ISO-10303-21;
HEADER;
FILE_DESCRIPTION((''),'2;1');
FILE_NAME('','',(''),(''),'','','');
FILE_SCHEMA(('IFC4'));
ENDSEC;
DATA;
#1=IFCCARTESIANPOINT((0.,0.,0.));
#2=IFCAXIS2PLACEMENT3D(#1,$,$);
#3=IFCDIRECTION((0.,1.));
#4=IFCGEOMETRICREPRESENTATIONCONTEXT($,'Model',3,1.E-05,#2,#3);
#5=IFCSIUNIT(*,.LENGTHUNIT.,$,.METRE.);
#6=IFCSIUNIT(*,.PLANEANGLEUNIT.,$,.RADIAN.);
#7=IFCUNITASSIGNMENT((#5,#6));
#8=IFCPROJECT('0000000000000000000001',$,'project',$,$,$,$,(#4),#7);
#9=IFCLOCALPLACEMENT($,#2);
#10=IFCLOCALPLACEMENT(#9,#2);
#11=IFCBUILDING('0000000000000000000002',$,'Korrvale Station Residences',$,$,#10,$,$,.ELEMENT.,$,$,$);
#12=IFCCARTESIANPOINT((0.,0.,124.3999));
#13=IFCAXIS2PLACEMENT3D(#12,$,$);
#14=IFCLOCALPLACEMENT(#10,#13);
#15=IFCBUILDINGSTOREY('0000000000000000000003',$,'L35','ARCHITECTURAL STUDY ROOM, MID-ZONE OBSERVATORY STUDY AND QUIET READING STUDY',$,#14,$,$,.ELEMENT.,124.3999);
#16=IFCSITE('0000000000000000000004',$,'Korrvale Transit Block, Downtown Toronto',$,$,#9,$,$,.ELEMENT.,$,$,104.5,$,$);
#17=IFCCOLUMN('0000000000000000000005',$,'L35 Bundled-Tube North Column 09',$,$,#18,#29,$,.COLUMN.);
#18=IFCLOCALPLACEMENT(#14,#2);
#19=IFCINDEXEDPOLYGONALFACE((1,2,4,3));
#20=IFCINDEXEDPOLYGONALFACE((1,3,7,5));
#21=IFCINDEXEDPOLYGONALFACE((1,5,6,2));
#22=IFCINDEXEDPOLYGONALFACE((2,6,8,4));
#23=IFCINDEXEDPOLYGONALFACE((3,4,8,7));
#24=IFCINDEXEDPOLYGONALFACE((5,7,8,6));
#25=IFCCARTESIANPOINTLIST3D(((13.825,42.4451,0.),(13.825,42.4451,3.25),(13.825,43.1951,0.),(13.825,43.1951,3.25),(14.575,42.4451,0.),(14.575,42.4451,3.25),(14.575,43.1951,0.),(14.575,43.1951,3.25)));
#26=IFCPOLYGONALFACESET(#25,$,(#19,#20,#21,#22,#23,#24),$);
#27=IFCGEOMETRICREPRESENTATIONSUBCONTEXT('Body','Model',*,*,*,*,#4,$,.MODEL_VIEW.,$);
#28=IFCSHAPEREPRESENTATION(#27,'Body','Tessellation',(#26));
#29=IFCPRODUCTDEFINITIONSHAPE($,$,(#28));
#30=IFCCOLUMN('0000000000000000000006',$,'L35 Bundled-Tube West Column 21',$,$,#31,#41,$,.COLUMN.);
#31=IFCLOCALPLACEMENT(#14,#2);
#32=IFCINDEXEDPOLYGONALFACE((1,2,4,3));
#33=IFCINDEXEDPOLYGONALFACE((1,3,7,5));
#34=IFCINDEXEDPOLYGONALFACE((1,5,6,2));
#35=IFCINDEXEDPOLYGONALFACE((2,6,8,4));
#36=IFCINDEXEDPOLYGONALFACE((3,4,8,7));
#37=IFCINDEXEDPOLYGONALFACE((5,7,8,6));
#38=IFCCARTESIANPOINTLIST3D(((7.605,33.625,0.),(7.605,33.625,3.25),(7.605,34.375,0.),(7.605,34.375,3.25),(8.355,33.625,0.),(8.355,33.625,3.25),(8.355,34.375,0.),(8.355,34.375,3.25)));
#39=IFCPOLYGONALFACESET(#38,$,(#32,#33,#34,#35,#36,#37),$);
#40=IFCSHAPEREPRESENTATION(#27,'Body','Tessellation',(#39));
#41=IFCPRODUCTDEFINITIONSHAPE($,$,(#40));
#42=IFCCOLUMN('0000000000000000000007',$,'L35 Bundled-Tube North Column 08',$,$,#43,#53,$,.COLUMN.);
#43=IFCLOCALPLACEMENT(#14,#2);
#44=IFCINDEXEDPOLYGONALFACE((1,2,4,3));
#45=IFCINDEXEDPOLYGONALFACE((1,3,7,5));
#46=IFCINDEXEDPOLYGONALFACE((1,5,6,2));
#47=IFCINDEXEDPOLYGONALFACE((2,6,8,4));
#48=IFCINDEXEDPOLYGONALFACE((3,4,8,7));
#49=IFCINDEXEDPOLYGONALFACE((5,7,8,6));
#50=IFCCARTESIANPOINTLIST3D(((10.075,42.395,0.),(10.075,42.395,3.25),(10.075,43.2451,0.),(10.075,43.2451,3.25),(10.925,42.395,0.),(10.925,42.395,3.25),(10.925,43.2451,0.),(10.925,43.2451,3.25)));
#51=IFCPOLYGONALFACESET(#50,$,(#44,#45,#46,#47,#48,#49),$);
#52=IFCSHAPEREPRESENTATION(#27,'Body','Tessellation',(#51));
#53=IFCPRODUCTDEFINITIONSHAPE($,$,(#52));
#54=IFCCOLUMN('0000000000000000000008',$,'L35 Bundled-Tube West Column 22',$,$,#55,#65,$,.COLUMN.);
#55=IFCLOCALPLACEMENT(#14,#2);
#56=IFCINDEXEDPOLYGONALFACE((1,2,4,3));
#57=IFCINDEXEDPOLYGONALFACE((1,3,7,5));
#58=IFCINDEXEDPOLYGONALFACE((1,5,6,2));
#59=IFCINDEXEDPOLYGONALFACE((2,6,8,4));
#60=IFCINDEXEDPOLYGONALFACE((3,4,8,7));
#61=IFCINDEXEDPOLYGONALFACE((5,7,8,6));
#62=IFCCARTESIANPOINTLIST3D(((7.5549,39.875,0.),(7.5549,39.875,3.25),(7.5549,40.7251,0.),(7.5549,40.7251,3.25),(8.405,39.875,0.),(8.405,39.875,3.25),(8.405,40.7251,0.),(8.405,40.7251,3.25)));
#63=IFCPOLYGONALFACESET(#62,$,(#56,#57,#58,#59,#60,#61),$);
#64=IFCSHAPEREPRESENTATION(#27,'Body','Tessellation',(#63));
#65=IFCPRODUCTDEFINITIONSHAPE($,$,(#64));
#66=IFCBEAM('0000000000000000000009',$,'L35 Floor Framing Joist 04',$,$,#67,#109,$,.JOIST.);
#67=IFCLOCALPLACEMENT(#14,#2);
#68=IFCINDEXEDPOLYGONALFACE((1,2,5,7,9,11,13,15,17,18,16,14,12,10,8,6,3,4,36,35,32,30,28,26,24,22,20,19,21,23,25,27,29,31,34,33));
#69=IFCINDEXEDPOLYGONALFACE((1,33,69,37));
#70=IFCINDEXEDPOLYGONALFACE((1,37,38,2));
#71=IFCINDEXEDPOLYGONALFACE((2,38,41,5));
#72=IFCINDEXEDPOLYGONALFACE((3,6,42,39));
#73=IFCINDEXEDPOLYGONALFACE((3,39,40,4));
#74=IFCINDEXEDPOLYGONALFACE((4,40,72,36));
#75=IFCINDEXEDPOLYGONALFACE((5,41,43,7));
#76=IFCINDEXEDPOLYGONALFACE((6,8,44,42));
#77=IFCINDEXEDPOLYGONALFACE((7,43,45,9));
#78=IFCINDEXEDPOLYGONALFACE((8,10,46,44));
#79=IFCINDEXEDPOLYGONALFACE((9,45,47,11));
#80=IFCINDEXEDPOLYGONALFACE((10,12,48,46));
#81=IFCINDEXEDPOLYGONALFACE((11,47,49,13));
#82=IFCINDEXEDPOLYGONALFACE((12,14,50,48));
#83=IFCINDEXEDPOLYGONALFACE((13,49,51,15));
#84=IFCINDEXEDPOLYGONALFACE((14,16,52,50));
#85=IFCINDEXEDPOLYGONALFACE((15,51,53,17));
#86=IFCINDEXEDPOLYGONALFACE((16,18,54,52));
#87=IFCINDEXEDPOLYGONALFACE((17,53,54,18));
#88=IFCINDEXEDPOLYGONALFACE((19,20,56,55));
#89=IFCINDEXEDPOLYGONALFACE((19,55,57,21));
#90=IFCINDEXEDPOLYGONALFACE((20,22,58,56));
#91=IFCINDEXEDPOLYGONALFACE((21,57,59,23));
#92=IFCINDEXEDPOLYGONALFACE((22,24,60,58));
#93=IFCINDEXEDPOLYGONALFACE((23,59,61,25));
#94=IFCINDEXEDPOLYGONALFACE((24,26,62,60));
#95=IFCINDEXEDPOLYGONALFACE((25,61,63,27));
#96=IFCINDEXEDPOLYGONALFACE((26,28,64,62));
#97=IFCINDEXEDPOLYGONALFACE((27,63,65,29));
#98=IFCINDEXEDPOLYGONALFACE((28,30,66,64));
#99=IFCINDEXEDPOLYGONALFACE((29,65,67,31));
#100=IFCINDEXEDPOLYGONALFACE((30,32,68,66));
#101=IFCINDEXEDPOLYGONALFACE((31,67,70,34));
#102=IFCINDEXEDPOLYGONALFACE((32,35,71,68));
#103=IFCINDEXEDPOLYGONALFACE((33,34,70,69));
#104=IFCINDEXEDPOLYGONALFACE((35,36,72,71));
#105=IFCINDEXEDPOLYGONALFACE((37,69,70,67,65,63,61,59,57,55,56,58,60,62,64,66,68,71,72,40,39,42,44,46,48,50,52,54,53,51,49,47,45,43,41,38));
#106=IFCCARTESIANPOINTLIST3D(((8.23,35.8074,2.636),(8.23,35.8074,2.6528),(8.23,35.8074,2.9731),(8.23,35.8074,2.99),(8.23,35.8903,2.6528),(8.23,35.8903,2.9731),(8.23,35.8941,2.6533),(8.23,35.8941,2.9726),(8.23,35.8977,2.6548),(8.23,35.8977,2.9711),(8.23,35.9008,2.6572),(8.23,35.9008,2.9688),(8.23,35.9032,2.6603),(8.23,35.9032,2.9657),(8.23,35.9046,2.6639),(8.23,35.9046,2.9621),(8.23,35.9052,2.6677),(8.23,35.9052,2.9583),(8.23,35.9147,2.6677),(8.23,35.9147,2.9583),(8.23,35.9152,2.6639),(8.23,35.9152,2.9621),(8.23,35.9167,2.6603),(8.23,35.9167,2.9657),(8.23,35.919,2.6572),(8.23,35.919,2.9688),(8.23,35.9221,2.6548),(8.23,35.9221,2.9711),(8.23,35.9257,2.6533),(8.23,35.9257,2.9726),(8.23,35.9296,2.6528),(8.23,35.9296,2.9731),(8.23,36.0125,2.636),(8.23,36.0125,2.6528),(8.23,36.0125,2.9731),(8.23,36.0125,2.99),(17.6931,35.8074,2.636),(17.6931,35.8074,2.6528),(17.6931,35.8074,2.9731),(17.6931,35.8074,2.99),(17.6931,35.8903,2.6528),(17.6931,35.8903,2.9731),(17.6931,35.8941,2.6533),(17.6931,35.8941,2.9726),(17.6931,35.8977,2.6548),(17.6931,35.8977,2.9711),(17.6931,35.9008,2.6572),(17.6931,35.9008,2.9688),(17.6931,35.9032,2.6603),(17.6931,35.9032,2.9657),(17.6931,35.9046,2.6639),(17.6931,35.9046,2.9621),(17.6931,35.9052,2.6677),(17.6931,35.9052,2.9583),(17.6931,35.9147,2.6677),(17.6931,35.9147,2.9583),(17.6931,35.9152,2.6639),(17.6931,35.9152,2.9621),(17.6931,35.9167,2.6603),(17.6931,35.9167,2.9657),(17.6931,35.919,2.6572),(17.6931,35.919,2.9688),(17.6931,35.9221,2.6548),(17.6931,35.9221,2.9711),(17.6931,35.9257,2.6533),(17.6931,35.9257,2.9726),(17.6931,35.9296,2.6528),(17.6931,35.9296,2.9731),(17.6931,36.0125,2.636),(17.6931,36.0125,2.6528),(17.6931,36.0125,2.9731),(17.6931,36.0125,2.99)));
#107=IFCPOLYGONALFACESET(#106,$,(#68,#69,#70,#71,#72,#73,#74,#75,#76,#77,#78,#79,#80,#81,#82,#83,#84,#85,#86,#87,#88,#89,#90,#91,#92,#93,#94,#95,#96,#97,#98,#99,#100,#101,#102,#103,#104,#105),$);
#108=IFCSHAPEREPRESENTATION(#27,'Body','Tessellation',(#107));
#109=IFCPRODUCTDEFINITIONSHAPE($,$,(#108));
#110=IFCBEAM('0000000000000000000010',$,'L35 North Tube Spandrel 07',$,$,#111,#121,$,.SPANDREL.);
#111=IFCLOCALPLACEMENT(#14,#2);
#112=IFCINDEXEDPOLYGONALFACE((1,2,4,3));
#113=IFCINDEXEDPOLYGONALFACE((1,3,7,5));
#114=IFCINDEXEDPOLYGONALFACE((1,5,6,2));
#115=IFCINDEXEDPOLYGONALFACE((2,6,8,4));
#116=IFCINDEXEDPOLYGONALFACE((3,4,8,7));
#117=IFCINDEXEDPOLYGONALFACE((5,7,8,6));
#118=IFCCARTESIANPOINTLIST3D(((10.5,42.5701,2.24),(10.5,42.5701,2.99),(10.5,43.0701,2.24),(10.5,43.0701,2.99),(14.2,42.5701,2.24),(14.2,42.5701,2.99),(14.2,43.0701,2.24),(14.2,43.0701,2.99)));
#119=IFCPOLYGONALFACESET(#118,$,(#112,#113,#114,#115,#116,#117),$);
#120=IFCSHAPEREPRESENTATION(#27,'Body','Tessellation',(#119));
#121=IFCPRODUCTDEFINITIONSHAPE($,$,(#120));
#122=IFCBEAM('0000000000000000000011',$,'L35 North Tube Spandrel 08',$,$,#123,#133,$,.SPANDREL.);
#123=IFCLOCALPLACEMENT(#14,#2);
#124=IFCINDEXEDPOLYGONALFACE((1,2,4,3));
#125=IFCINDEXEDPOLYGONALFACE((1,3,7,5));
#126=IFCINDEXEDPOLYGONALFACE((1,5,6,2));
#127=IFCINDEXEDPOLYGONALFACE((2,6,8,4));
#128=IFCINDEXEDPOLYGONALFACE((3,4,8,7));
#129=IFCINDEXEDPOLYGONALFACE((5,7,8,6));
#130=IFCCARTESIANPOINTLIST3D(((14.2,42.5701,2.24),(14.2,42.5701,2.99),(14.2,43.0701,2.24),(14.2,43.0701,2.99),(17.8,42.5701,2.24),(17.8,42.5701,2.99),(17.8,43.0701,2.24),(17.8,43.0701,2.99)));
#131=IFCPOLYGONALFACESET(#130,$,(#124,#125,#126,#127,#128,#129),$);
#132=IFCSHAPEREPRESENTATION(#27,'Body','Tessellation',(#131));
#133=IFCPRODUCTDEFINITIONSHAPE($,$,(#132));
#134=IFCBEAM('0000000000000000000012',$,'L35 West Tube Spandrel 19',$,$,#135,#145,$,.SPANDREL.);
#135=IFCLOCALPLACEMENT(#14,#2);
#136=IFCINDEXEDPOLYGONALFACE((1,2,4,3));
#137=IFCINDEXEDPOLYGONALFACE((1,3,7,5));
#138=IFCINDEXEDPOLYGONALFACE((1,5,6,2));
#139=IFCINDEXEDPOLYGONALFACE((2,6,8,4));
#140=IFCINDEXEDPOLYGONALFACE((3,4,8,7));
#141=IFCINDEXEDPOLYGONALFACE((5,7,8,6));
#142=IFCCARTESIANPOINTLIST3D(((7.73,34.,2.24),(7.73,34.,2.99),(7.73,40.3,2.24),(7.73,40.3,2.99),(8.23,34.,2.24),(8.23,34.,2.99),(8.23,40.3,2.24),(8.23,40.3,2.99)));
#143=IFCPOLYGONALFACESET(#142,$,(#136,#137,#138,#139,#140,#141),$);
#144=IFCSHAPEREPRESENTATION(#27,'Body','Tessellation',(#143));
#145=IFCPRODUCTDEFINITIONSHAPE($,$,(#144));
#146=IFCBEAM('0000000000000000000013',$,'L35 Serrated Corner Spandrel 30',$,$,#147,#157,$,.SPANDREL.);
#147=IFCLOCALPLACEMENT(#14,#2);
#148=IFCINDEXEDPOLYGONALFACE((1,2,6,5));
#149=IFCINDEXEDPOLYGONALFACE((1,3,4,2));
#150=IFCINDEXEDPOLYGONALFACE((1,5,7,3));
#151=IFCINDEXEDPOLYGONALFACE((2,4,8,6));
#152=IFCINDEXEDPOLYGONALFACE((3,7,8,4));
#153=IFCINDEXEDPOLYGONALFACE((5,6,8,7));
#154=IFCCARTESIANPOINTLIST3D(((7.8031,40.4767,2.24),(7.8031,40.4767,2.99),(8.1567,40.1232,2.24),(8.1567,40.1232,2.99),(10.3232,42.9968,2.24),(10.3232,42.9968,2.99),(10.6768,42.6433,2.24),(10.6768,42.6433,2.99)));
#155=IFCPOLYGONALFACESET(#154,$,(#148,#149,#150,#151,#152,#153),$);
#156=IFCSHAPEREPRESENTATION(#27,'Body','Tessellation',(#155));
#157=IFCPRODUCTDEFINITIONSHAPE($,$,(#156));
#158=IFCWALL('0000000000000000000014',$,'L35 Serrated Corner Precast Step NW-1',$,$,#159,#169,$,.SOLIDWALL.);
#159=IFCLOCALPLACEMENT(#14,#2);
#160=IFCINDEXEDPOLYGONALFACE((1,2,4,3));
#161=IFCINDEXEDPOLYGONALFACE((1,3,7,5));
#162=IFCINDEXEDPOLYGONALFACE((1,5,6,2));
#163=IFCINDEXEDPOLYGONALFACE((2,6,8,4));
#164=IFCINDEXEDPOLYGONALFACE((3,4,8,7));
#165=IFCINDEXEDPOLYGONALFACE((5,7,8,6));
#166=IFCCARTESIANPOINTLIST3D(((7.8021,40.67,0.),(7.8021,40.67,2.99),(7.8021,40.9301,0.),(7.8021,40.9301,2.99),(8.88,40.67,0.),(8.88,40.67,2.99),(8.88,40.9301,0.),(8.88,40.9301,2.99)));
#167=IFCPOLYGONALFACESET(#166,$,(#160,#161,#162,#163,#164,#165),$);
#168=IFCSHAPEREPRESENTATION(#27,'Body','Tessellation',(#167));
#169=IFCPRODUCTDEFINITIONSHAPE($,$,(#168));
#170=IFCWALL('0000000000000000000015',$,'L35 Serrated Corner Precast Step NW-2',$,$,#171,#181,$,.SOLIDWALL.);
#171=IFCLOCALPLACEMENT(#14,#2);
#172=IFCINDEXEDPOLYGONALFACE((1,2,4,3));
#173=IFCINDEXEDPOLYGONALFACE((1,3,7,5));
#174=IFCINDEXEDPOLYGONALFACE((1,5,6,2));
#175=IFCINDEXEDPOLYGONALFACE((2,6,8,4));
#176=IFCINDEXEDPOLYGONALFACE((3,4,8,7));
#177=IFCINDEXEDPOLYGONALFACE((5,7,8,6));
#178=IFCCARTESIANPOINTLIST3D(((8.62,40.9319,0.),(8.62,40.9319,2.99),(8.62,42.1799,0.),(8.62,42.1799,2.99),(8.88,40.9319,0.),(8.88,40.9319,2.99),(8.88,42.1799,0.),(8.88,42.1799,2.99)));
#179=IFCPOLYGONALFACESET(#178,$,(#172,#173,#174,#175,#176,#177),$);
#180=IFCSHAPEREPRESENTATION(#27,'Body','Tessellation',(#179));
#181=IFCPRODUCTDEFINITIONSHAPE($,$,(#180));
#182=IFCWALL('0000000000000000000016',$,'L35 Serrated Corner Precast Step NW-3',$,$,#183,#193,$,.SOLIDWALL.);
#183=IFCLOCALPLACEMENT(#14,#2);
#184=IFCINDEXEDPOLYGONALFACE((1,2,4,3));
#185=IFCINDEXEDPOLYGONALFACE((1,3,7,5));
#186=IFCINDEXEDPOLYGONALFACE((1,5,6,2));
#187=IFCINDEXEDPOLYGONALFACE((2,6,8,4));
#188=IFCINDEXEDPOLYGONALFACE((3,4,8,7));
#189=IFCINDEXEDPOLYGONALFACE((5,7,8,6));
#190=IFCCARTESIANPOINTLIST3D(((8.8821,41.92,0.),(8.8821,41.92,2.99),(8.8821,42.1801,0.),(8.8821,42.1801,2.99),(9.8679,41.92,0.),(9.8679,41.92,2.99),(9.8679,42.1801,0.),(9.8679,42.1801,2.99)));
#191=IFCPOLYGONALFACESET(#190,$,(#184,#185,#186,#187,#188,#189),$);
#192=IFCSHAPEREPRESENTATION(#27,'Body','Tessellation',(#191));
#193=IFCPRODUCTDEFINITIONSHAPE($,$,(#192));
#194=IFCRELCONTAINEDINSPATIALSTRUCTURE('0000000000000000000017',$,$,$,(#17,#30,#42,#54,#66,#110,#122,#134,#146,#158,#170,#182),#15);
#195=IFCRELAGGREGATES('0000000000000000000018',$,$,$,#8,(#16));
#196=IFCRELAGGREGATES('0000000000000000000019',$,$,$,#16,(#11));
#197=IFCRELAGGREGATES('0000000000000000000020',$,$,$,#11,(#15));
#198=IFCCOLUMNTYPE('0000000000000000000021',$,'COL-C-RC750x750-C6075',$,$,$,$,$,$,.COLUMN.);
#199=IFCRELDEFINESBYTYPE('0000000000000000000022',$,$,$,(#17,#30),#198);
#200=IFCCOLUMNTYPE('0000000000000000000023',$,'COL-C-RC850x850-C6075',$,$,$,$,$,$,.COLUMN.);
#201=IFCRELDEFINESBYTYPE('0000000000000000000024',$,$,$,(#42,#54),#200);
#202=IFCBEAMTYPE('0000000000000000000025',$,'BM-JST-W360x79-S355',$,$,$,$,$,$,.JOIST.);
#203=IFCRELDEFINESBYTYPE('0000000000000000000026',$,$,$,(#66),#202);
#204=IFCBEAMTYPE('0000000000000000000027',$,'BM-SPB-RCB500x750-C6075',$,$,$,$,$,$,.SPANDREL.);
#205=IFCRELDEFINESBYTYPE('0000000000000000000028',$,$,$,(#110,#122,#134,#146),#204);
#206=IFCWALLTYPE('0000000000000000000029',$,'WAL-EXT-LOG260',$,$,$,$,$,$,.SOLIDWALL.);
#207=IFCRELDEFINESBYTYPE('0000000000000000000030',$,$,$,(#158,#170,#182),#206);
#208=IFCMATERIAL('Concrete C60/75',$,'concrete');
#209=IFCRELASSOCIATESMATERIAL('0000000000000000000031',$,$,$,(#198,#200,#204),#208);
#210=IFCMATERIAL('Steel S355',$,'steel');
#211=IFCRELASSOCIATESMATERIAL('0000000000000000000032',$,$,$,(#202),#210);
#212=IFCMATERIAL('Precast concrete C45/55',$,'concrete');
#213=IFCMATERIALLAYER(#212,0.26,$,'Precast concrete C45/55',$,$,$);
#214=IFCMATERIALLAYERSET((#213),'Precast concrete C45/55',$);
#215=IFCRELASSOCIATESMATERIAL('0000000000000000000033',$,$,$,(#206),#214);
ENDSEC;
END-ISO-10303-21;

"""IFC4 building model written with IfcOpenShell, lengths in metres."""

from ifc_helpers import new_model, si_unit, direction, frame, frame_2d, origin, origin_2d, place, context, subcontext, project, spatial, rectangle, i_section, extrude, material, layer, layer_set, material_profile, profile_set, type_object, element, save


model = new_model("IFC4")

# Units and contexts
model_context = context("Model", 3, precision=1e-05, world=origin(), true_north=direction((0.0, 1.0)))
body_context = subcontext(model_context, "Body", "Model", "MODEL_VIEW")
ifc_project = project(units=[si_unit("LENGTHUNIT", "METRE"), si_unit("PLANEANGLEUNIT", "RADIAN")], contexts=[model_context])

# Site, building, storey
site_placement = place(None, origin())
site = spatial("IfcSite", under=ifc_project, at=site_placement, Name="Korrvale Transit Block, Downtown Toronto", CompositionType="ELEMENT", RefElevation=104.5)
building_placement = place(site_placement, origin())
building = spatial("IfcBuilding", under=site, at=building_placement, Name="Korrvale Station Residences", CompositionType="ELEMENT")
storey_placement = place(building_placement, frame((0.0, 0.0, 124.3999)))
storey = spatial("IfcBuildingStorey", under=building, at=storey_placement, Name="L35", Description="ARCHITECTURAL STUDY ROOM, MID-ZONE OBSERVATORY STUDY AND QUIET READING STUDY", CompositionType="ELEMENT", Elevation=124.3999)

# Columns
ifc_material_1 = material(Name="Concrete C60/75", Category="concrete")
ifc_material_profile_1 = material_profile(ifc_material_1, rectangle(XDim=0.75, YDim=0.75, at=origin_2d()), Name="RC750x750")
ifc_profile_set_1 = profile_set([ifc_material_profile_1], Name="Concrete C60/75")
column_type_1 = type_object("IfcColumnType", Name="COL-C-RC750x750-C6075", PredefinedType="COLUMN", material=ifc_profile_set_1)
for number, where, z_axis, x_axis, name in (
    (1, (14.2, 42.8201, 0.0), (0.0, 0.0, 1.0), (1.0, 0.0, 0.0), "L35 Bundled-Tube North Column 09"),
    (2, (7.98, 34.0, 0.0), (0.0, 0.0, 1.0), (1.0, 0.0, 0.0), "L35 Bundled-Tube West Column 21"),
):
    element("IfcColumn", number, at=place(storey_placement, frame(where, z_axis=z_axis, x_axis=x_axis)), inside=storey, type_object=column_type_1, Name=name, PredefinedType="COLUMN", context=body_context, shape_type="SweptSolid", body=[
        extrude(rectangle(XDim=0.75, YDim=0.75, at=origin_2d()), origin(), (0.0, 0.0, 1.0), 3.25),
    ])
ifc_material_profile_2 = material_profile(ifc_material_1, rectangle(XDim=0.8501, YDim=0.8501, at=origin_2d()), Name="RC850x850")
ifc_profile_set_2 = profile_set([ifc_material_profile_2], Name="Concrete C60/75")
column_type_2 = type_object("IfcColumnType", Name="COL-C-RC850x850-C6075", PredefinedType="COLUMN", material=ifc_profile_set_2)
for number, where, z_axis, x_axis, name in (
    (3, (10.5, 42.8201, 0.0), (0.0, 0.0, 1.0), (1.0, 0.0, 0.0), "L35 Bundled-Tube North Column 08"),
    (4, (7.98, 40.3, 0.0), (0.0, 0.0, 1.0), (1.0, 0.0, 0.0), "L35 Bundled-Tube West Column 22"),
):
    element("IfcColumn", number, at=place(storey_placement, frame(where, z_axis=z_axis, x_axis=x_axis)), inside=storey, type_object=column_type_2, Name=name, PredefinedType="COLUMN", context=body_context, shape_type="SweptSolid", body=[
        extrude(rectangle(XDim=0.8501, YDim=0.8501, at=origin_2d()), origin(), (0.0, 0.0, 1.0), 3.25),
    ])

# Beams
ifc_material_2 = material(Name="Steel S355", Category="steel")
ifc_material_profile_3 = material_profile(ifc_material_2, i_section(OverallWidth=0.2051, OverallDepth=0.354, WebThickness=0.0095, FlangeThickness=0.0168, FilletRadius=0.0149, at=origin_2d()), Name="W360x79")
ifc_profile_set_3 = profile_set([ifc_material_profile_3], Name="Steel S355")
beam_type_1 = type_object("IfcBeamType", Name="BM-JST-W360x79-S355", PredefinedType="JOIST", material=ifc_profile_set_3)
beam_1_placement = place(storey_placement, frame((8.23, 35.9099, 2.813), z_axis=(1.0, 0.0, 0.0), x_axis=(0.0, 1.0, 0.0)))
element("IfcBeam", 5, at=beam_1_placement, inside=storey, type_object=beam_type_1, Name="L35 Floor Framing Joist 04", PredefinedType="JOIST", context=body_context, shape_type="SweptSolid", body=[
    extrude(i_section(OverallWidth=0.2051, OverallDepth=0.354, WebThickness=0.0095, FlangeThickness=0.0168, FilletRadius=0.0149, at=origin_2d()), origin(), (0.0, 0.0, 1.0), 9.4631),
])
ifc_material_profile_4 = material_profile(ifc_material_1, rectangle(XDim=0.5, YDim=0.75, at=origin_2d()), Name="RCB500x750")
ifc_profile_set_4 = profile_set([ifc_material_profile_4], Name="Concrete C60/75")
beam_type_2 = type_object("IfcBeamType", Name="BM-SPB-RCB500x750-C6075", PredefinedType="SPANDREL", material=ifc_profile_set_4)
beam_2_placement = place(storey_placement, frame((10.5, 42.8201, 2.615), z_axis=(1.0, 0.0, 0.0), x_axis=(0.0, 1.0, 0.0)))
element("IfcBeam", 6, at=beam_2_placement, inside=storey, type_object=beam_type_2, Name="L35 North Tube Spandrel 07", PredefinedType="SPANDREL", context=body_context, shape_type="SweptSolid", body=[
    extrude(rectangle(XDim=0.5, YDim=0.75, at=origin_2d()), origin(), (0.0, 0.0, 1.0), 3.7),
])
beam_3_placement = place(storey_placement, frame((14.2, 42.8201, 2.615), z_axis=(1.0, 0.0, 0.0), x_axis=(0.0, 1.0, 0.0)))
element("IfcBeam", 7, at=beam_3_placement, inside=storey, type_object=beam_type_2, Name="L35 North Tube Spandrel 08", PredefinedType="SPANDREL", context=body_context, shape_type="SweptSolid", body=[
    extrude(rectangle(XDim=0.5, YDim=0.75, at=origin_2d()), origin(), (0.0, 0.0, 1.0), 3.6001),
])
beam_4_placement = place(storey_placement, frame((7.98, 34.0, 2.615), z_axis=(0.0, 1.0, 0.0), x_axis=(-1.0, 0.0, 0.0)))
element("IfcBeam", 8, at=beam_4_placement, inside=storey, type_object=beam_type_2, Name="L35 West Tube Spandrel 19", PredefinedType="SPANDREL", context=body_context, shape_type="SweptSolid", body=[
    extrude(rectangle(XDim=0.5, YDim=0.75, at=origin_2d()), origin(), (0.0, 0.0, 1.0), 6.3),
])
beam_5_placement = place(storey_placement, frame((10.5, 42.8201, 2.615), z_axis=(-0.707107, -0.707107, 0.0), x_axis=(0.707107, -0.707107, 0.0)))
element("IfcBeam", 9, at=beam_5_placement, inside=storey, type_object=beam_type_2, Name="L35 Serrated Corner Spandrel 30", PredefinedType="SPANDREL", context=body_context, shape_type="SweptSolid", body=[
    extrude(rectangle(XDim=0.5, YDim=0.75, at=origin_2d()), origin(), (0.0, 0.0, 1.0), 3.564),
])

# Walls
ifc_material_3 = material(Name="Precast concrete C45/55", Category="concrete")
ifc_layer_1 = layer(ifc_material_3, 0.26, Name="Precast concrete C45/55")
ifc_layer_set_1 = layer_set([ifc_layer_1], Name="Precast concrete C45/55")
wall_type_1 = type_object("IfcWallType", Name="WAL-EXT-LOG260", PredefinedType="SOLIDWALL", material=ifc_layer_set_1)
wall_1_placement = place(storey_placement, frame((7.802, 40.8, 0.0), z_axis=(0.0, 0.0, 1.0), x_axis=(1.0, 0.0, 0.0)))
element("IfcWall", 10, at=wall_1_placement, inside=storey, type_object=wall_type_1, Name="L35 Serrated Corner Precast Step NW-1", PredefinedType="SOLIDWALL", context=body_context, shape_type="SweptSolid", body=[
    extrude(rectangle(XDim=1.0779, YDim=0.26, at=frame_2d((0.5391, 0.0))), origin(), (0.0, 0.0, 1.0), 2.99),
])
wall_2_placement = place(storey_placement, frame((8.75, 40.9319, 0.0), z_axis=(0.0, 0.0, 1.0), x_axis=(0.0, 1.0, 0.0)))
element("IfcWall", 11, at=wall_2_placement, inside=storey, type_object=wall_type_1, Name="L35 Serrated Corner Precast Step NW-2", PredefinedType="SOLIDWALL", context=body_context, shape_type="SweptSolid", body=[
    extrude(rectangle(XDim=1.248, YDim=0.26, at=frame_2d((0.624, 0.0))), origin(), (0.0, 0.0, 1.0), 2.99),
])
wall_3_placement = place(storey_placement, frame((8.8821, 42.05, 0.0), z_axis=(0.0, 0.0, 1.0), x_axis=(1.0, 0.0, 0.0)))
element("IfcWall", 12, at=wall_3_placement, inside=storey, type_object=wall_type_1, Name="L35 Serrated Corner Precast Step NW-3", PredefinedType="SOLIDWALL", context=body_context, shape_type="SweptSolid", body=[
    extrude(rectangle(XDim=0.9858, YDim=0.26, at=frame_2d((0.4929, 0.0))), origin(), (0.0, 0.0, 1.0), 2.99),
])

save(model, "model.ifc")
